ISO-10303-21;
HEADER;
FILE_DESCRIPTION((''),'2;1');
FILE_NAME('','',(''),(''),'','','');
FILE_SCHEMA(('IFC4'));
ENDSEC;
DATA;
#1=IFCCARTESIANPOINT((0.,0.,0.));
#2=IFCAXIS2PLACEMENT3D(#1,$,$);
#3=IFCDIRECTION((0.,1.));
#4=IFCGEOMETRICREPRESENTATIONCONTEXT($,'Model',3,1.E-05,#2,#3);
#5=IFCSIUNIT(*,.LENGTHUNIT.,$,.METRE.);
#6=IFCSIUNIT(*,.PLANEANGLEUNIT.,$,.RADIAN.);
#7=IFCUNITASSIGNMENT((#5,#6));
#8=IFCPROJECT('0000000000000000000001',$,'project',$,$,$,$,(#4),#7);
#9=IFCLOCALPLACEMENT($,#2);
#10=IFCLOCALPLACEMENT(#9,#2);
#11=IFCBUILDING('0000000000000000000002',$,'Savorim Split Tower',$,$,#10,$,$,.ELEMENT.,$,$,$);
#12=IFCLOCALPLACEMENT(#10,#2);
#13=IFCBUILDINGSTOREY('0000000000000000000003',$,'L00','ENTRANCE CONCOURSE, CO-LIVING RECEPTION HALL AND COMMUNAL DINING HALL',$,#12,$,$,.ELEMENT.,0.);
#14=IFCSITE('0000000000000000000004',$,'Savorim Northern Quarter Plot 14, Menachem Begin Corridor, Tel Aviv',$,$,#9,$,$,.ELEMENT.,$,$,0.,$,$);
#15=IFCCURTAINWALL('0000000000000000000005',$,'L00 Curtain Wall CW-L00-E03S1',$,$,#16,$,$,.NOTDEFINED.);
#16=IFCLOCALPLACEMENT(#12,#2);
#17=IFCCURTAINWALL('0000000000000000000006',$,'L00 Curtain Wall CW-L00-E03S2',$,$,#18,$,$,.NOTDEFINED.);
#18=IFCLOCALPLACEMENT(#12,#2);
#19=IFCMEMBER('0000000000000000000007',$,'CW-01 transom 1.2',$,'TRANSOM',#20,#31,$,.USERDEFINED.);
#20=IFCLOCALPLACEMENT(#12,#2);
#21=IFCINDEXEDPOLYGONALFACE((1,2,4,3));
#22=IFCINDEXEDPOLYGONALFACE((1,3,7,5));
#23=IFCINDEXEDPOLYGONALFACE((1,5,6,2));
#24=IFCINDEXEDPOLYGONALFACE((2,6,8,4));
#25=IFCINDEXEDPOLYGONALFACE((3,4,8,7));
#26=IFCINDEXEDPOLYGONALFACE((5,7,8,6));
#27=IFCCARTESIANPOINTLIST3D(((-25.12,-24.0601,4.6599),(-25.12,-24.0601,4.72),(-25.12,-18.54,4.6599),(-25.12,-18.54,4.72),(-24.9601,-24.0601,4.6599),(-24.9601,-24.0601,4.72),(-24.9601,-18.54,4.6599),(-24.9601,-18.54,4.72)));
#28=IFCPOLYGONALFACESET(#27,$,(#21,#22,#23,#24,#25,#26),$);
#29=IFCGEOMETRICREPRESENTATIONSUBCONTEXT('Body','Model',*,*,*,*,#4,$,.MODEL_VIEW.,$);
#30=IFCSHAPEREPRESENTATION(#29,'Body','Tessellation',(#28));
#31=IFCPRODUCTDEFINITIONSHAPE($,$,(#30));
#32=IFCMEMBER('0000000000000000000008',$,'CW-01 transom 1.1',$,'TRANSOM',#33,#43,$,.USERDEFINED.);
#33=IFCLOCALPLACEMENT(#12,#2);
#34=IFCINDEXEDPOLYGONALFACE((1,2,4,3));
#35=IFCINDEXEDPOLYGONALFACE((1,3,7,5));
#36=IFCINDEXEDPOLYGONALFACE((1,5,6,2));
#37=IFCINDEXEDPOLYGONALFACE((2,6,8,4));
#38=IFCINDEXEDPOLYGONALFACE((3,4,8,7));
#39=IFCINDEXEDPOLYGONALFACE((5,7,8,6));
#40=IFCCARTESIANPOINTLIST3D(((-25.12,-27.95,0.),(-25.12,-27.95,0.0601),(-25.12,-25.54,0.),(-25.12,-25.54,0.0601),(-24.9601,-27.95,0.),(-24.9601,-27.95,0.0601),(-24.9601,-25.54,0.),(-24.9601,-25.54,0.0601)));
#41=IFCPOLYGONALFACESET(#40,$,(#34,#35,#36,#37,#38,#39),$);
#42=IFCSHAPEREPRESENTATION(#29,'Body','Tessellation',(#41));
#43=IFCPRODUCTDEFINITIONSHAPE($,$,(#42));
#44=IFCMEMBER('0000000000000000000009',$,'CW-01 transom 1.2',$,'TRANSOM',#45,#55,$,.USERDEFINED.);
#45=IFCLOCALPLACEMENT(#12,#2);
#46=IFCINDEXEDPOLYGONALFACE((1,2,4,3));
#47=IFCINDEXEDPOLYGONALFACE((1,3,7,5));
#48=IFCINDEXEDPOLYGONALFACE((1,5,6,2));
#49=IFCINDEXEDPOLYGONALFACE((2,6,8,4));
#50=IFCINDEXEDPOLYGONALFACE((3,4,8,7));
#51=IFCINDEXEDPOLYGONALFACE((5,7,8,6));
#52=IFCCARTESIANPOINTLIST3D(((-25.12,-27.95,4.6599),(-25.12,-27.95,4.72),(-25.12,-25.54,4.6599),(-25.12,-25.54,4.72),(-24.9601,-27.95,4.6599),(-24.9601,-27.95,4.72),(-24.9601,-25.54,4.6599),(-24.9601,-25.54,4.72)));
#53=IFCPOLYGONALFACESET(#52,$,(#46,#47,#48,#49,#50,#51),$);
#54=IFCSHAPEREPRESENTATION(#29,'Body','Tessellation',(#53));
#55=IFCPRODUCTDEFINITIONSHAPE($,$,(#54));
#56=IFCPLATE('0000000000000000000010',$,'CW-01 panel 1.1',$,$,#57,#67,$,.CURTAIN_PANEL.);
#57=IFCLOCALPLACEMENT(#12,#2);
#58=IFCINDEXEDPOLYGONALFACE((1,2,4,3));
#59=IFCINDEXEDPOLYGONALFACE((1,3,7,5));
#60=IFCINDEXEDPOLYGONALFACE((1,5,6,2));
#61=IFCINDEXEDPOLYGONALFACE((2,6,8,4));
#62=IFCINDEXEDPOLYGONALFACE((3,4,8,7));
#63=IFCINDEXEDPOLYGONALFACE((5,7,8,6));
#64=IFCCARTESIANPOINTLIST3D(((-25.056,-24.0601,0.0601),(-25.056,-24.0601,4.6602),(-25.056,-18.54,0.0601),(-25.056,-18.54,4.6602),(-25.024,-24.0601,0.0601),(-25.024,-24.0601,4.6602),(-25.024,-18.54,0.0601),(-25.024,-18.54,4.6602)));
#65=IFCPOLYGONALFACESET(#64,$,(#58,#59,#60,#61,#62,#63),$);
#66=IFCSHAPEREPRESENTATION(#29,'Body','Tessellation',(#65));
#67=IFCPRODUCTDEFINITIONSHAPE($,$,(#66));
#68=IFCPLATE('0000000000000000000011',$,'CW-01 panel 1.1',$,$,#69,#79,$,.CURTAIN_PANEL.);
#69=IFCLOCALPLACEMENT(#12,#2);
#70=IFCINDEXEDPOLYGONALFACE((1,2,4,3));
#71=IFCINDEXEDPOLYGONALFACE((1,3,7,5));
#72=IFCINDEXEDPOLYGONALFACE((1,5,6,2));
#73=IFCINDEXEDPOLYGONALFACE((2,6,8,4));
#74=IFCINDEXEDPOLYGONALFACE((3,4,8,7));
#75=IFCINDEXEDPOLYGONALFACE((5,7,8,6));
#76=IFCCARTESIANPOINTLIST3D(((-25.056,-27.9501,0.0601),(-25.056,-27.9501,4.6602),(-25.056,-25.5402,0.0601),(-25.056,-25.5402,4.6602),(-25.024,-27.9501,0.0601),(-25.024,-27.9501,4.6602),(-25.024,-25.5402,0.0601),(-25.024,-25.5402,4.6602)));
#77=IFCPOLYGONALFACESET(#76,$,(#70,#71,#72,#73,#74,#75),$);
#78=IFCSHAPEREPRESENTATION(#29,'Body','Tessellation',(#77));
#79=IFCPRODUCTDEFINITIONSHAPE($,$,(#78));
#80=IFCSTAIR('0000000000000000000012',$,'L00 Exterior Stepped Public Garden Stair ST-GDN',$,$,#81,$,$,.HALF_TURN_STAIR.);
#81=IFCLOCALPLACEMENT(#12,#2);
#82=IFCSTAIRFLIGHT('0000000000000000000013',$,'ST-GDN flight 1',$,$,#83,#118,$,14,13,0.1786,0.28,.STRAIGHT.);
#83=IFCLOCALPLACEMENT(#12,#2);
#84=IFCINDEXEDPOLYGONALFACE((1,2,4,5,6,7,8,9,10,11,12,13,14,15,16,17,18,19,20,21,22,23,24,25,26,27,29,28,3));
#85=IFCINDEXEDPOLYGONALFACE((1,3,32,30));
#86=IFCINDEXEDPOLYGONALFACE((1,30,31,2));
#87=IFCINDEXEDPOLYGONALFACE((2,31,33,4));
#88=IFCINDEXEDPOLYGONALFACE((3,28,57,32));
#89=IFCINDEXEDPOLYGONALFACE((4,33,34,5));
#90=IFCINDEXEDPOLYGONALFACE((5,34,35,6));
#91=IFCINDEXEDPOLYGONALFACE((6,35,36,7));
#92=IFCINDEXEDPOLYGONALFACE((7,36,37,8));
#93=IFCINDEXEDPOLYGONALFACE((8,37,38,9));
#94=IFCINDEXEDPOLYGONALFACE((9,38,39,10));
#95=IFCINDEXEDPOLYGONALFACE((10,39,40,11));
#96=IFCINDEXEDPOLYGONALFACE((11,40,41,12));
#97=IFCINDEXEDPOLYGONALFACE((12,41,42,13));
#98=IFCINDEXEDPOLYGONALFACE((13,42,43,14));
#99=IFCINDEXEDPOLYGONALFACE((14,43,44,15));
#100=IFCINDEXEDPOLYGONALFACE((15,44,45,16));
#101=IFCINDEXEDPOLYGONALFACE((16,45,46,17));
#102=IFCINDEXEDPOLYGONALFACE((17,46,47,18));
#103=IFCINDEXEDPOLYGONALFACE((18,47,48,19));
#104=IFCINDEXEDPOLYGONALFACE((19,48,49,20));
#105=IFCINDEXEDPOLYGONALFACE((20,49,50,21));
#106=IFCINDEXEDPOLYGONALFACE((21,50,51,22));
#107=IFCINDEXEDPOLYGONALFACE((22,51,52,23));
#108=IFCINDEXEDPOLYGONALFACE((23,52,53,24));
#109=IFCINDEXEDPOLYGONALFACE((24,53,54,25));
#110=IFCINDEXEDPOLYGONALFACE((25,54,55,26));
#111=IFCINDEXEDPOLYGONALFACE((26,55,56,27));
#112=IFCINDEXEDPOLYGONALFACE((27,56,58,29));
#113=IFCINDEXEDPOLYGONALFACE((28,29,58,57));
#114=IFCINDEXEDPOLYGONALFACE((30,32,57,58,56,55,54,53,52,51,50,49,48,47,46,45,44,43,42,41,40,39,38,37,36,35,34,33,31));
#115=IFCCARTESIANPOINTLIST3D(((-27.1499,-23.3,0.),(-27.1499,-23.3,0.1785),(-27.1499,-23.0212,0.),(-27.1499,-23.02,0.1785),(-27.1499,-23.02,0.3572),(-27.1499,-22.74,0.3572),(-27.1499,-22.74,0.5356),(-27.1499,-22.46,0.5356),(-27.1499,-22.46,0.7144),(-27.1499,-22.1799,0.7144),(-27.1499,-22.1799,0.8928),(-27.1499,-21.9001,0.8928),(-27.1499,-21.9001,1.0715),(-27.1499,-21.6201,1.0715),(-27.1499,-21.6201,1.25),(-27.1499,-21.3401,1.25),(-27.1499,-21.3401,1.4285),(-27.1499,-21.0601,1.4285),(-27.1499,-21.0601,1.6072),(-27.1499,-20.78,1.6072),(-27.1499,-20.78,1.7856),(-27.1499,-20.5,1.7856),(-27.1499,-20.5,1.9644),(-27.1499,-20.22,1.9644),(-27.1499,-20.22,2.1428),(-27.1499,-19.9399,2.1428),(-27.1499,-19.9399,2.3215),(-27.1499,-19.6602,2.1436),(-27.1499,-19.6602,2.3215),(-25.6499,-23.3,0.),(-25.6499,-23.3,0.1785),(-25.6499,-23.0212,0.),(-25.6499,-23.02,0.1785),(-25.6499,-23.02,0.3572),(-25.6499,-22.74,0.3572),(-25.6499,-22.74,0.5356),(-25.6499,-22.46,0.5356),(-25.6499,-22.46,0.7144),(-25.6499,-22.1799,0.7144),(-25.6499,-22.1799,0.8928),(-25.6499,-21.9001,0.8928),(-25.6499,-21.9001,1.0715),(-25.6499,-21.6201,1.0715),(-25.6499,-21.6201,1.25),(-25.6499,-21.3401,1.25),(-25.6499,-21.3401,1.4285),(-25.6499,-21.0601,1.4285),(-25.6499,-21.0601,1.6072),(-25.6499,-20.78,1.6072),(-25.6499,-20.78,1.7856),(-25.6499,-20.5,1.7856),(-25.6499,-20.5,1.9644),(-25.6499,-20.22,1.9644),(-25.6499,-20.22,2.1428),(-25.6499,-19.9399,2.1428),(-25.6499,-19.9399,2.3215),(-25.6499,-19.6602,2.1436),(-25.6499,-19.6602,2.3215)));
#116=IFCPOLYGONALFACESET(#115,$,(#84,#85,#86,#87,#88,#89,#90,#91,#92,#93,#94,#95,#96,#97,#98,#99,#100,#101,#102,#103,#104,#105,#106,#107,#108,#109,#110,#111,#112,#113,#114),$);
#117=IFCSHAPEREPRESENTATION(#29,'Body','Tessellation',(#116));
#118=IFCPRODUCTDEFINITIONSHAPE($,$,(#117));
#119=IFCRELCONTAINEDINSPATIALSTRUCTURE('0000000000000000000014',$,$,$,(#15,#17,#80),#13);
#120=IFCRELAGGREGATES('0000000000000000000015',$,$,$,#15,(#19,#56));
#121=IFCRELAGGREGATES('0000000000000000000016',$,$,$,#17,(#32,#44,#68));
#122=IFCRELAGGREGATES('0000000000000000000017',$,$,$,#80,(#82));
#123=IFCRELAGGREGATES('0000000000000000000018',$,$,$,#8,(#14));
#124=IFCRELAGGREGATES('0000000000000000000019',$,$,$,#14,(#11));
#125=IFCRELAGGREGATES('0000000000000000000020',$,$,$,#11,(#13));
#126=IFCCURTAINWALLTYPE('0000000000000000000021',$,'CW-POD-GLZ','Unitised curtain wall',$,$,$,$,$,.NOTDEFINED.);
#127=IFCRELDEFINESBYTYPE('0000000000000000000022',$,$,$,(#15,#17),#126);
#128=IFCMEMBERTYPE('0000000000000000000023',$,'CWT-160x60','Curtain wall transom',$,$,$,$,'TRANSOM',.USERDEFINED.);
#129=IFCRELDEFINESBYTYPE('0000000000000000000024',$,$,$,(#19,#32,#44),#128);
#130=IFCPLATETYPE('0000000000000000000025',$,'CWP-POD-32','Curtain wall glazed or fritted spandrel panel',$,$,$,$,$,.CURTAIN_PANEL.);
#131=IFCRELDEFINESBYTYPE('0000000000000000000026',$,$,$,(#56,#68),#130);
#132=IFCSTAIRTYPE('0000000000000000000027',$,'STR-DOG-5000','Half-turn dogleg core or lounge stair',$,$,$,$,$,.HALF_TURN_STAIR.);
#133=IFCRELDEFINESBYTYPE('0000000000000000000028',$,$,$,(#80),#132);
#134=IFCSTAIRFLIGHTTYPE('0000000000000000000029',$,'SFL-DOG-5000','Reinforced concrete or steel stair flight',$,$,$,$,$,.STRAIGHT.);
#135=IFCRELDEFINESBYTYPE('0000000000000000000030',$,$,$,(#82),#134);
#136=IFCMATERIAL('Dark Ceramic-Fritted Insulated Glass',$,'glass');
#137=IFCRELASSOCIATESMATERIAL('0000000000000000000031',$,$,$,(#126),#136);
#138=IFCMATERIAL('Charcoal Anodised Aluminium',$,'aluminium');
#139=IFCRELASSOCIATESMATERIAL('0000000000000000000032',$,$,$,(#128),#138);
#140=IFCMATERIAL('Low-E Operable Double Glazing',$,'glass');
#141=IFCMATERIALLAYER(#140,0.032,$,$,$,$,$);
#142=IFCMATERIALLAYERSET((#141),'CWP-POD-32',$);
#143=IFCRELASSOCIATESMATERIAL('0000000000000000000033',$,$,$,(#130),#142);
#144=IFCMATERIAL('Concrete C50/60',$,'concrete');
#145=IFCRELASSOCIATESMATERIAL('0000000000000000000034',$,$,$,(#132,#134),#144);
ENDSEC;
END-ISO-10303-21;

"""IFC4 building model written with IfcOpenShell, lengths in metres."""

from ifc_helpers import new_model, si_unit, direction, frame, origin, origin_2d, place, context, subcontext, project, spatial, polyline, rectangle, outline, extrude, material, layer, layer_set, material_profile, profile_set, type_object, element, aggregate, save


model = new_model("IFC4")

# Units and contexts
model_context = context("Model", 3, precision=1e-05, world=origin(), true_north=direction((0.0, 1.0)))
body_context = subcontext(model_context, "Body", "Model", "MODEL_VIEW")
ifc_project = project(units=[si_unit("LENGTHUNIT", "METRE"), si_unit("PLANEANGLEUNIT", "RADIAN")], contexts=[model_context])

# Site, building, storey
site_placement = place(None, origin())
site = spatial("IfcSite", under=ifc_project, at=site_placement, Name="Savorim Northern Quarter Plot 14, Menachem Begin Corridor, Tel Aviv", CompositionType="ELEMENT", RefElevation=0.0)
building_placement = place(site_placement, origin())
building = spatial("IfcBuilding", under=site, at=building_placement, Name="Savorim Split Tower", CompositionType="ELEMENT")
storey_placement = place(building_placement, origin())
storey = spatial("IfcBuildingStorey", under=building, at=storey_placement, Name="L00", Description="ENTRANCE CONCOURSE, CO-LIVING RECEPTION HALL AND COMMUNAL DINING HALL", CompositionType="ELEMENT", Elevation=0.0)

# Curtain wall
ifc_material_1 = material(Name="Dark Ceramic-Fritted Insulated Glass", Category="glass")
curtain_wall_type = type_object("IfcCurtainWallType", Name="CW-POD-GLZ", Description="Unitised curtain wall", PredefinedType="NOTDEFINED", material=ifc_material_1)
ifc_material_2 = material(Name="Charcoal Anodised Aluminium", Category="aluminium")
curtain_wall_1_placement = place(storey_placement, origin())
curtain_wall_1 = element("IfcCurtainWall", 1, at=curtain_wall_1_placement, inside=storey, type_object=curtain_wall_type, Name="L00 Curtain Wall CW-L00-E03S1", PredefinedType="NOTDEFINED")

# Curtain wall
curtain_wall_2_placement = place(storey_placement, origin())
curtain_wall_2 = element("IfcCurtainWall", 2, at=curtain_wall_2_placement, inside=storey, type_object=curtain_wall_type, Name="L00 Curtain Wall CW-L00-E03S2", PredefinedType="NOTDEFINED")

# Members
ifc_material_profile_1 = material_profile(ifc_material_2, rectangle(XDim=0.1599, YDim=0.0601, at=origin_2d()), Name="ALU-T 160x60")
ifc_profile_set_1 = profile_set([ifc_material_profile_1], Name="Charcoal Anodised Aluminium")
member_type_1 = type_object("IfcMemberType", Name="CWT-160x60", Description="Curtain wall transom", ElementType="TRANSOM", PredefinedType="USERDEFINED", material=ifc_profile_set_1)
member_1_placement = place(storey_placement, frame((-25.04, -18.54, 4.6899), z_axis=(0.0, -1.0, 0.0), x_axis=(1.0, 0.0, 0.0)))
member_1 = element("IfcMember", 3, at=member_1_placement, type_object=member_type_1, Name="CW-01 transom 1.2", ObjectType="TRANSOM", PredefinedType="USERDEFINED", context=body_context, shape_type="SweptSolid", body=[
    extrude(rectangle(XDim=0.1599, YDim=0.0601, at=origin_2d()), origin(), (0.0, 0.0, 1.0), 5.52),
])
member_2_placement = place(storey_placement, frame((-25.04, -25.54, 0.03), z_axis=(0.0, -1.0, 0.0), x_axis=(1.0, 0.0, 0.0)))
member_2 = element("IfcMember", 4, at=member_2_placement, type_object=member_type_1, Name="CW-01 transom 1.1", ObjectType="TRANSOM", PredefinedType="USERDEFINED", context=body_context, shape_type="SweptSolid", body=[
    extrude(rectangle(XDim=0.1599, YDim=0.0601, at=origin_2d()), origin(), (0.0, 0.0, 1.0), 2.4099),
])
member_3_placement = place(storey_placement, frame((-25.04, -25.54, 4.6899), z_axis=(0.0, -1.0, 0.0), x_axis=(1.0, 0.0, 0.0)))
member_3 = element("IfcMember", 5, at=member_3_placement, type_object=member_type_1, Name="CW-01 transom 1.2", ObjectType="TRANSOM", PredefinedType="USERDEFINED", context=body_context, shape_type="SweptSolid", body=[
    extrude(rectangle(XDim=0.1599, YDim=0.0601, at=origin_2d()), origin(), (0.0, 0.0, 1.0), 2.4099),
])

# Plates
ifc_material_3 = material(Name="Low-E Operable Double Glazing", Category="glass")
ifc_layer = layer(ifc_material_3, 0.032)
ifc_layer_set = layer_set([ifc_layer], Name="CWP-POD-32")
plate_type = type_object("IfcPlateType", Name="CWP-POD-32", Description="Curtain wall glazed or fritted spandrel panel", PredefinedType="CURTAIN_PANEL", material=ifc_layer_set)
plate_1_placement = place(storey_placement, frame((-25.04, -21.3, 0.0601), z_axis=(0.0, 0.0, 1.0), x_axis=(0.0, -1.0, 0.0)))
plate_1 = element("IfcPlate", 6, at=plate_1_placement, type_object=plate_type, Name="CW-01 panel 1.1", PredefinedType="CURTAIN_PANEL", context=body_context, shape_type="SweptSolid", body=[
    extrude(rectangle(XDim=5.52, YDim=0.032, at=origin_2d()), origin(), (0.0, 0.0, 1.0), 4.6001),
])
aggregate(curtain_wall_1, [member_1, plate_1])
plate_2_placement = place(storey_placement, frame((-25.04, -26.7451, 0.0601), z_axis=(0.0, 0.0, 1.0), x_axis=(0.0, -1.0, 0.0)))
plate_2 = element("IfcPlate", 7, at=plate_2_placement, type_object=plate_type, Name="CW-01 panel 1.1", PredefinedType="CURTAIN_PANEL", context=body_context, shape_type="SweptSolid", body=[
    extrude(rectangle(XDim=2.4099, YDim=0.032, at=origin_2d()), origin(), (0.0, 0.0, 1.0), 4.6001),
])
aggregate(curtain_wall_2, [member_2, member_3, plate_2])

# Stair, stair flight
ifc_material_4 = material(Name="Concrete C50/60", Category="concrete")
stair_type = type_object("IfcStairType", Name="STR-DOG-5000", Description="Half-turn dogleg core or lounge stair", PredefinedType="HALF_TURN_STAIR", material=ifc_material_4)
stair_placement = place(storey_placement, origin())
stair = element("IfcStair", 8, at=stair_placement, inside=storey, type_object=stair_type, Name="L00 Exterior Stepped Public Garden Stair ST-GDN", PredefinedType="HALF_TURN_STAIR")
stair_flight_type = type_object("IfcStairFlightType", Name="SFL-DOG-5000", Description="Reinforced concrete or steel stair flight", PredefinedType="STRAIGHT", material=ifc_material_4)
stair_flight_placement = place(storey_placement, frame((-26.3999, -23.3, 0.0), z_axis=(0.0, 0.0, 1.0), x_axis=(0.0, 1.0, 0.0)))
stair_flight = element("IfcStairFlight", 9, at=stair_flight_placement, type_object=stair_flight_type, Name="ST-GDN flight 1", NumberOfRisers=14, NumberOfTreads=13, PredefinedType="STRAIGHT", RiserHeight=0.1786, TreadLength=0.28, context=body_context, shape_type="SweptSolid", body=[
    extrude(outline(polyline([(0.0, 0.0), (0.0, 0.1785), (0.28, 0.1785), (0.28, 0.3572), (0.5601, 0.3572), (0.5601, 0.5356), (0.8401, 0.5356), (0.8401, 0.7144), (1.1201, 0.7144), (1.1201, 0.8928), (1.3999, 0.8928), (1.3999, 1.0715), (1.6799, 1.0715), (1.6799, 1.25), (1.96, 1.25), (1.96, 1.4285), (2.24, 1.4285), (2.24, 1.6072), (2.52, 1.6072), (2.52, 1.7856), (2.8, 1.7856), (2.8, 1.9644), (3.0801, 1.9644), (3.0801, 2.1428), (3.3601, 2.1428), (3.3601, 2.3215), (3.6399, 2.3215), (3.6399, 2.5), (3.6399, 2.1436), (0.2788, 0.0), (0.0, 0.0)])), frame((0.0, 0.75, 0.0), z_axis=(0.0, -1.0, 0.0), x_axis=(1.0, 0.0, 0.0)), (0.0, 0.0, 1.0), 1.5),
])
aggregate(stair, [stair_flight])

save(model, "model.ifc")
